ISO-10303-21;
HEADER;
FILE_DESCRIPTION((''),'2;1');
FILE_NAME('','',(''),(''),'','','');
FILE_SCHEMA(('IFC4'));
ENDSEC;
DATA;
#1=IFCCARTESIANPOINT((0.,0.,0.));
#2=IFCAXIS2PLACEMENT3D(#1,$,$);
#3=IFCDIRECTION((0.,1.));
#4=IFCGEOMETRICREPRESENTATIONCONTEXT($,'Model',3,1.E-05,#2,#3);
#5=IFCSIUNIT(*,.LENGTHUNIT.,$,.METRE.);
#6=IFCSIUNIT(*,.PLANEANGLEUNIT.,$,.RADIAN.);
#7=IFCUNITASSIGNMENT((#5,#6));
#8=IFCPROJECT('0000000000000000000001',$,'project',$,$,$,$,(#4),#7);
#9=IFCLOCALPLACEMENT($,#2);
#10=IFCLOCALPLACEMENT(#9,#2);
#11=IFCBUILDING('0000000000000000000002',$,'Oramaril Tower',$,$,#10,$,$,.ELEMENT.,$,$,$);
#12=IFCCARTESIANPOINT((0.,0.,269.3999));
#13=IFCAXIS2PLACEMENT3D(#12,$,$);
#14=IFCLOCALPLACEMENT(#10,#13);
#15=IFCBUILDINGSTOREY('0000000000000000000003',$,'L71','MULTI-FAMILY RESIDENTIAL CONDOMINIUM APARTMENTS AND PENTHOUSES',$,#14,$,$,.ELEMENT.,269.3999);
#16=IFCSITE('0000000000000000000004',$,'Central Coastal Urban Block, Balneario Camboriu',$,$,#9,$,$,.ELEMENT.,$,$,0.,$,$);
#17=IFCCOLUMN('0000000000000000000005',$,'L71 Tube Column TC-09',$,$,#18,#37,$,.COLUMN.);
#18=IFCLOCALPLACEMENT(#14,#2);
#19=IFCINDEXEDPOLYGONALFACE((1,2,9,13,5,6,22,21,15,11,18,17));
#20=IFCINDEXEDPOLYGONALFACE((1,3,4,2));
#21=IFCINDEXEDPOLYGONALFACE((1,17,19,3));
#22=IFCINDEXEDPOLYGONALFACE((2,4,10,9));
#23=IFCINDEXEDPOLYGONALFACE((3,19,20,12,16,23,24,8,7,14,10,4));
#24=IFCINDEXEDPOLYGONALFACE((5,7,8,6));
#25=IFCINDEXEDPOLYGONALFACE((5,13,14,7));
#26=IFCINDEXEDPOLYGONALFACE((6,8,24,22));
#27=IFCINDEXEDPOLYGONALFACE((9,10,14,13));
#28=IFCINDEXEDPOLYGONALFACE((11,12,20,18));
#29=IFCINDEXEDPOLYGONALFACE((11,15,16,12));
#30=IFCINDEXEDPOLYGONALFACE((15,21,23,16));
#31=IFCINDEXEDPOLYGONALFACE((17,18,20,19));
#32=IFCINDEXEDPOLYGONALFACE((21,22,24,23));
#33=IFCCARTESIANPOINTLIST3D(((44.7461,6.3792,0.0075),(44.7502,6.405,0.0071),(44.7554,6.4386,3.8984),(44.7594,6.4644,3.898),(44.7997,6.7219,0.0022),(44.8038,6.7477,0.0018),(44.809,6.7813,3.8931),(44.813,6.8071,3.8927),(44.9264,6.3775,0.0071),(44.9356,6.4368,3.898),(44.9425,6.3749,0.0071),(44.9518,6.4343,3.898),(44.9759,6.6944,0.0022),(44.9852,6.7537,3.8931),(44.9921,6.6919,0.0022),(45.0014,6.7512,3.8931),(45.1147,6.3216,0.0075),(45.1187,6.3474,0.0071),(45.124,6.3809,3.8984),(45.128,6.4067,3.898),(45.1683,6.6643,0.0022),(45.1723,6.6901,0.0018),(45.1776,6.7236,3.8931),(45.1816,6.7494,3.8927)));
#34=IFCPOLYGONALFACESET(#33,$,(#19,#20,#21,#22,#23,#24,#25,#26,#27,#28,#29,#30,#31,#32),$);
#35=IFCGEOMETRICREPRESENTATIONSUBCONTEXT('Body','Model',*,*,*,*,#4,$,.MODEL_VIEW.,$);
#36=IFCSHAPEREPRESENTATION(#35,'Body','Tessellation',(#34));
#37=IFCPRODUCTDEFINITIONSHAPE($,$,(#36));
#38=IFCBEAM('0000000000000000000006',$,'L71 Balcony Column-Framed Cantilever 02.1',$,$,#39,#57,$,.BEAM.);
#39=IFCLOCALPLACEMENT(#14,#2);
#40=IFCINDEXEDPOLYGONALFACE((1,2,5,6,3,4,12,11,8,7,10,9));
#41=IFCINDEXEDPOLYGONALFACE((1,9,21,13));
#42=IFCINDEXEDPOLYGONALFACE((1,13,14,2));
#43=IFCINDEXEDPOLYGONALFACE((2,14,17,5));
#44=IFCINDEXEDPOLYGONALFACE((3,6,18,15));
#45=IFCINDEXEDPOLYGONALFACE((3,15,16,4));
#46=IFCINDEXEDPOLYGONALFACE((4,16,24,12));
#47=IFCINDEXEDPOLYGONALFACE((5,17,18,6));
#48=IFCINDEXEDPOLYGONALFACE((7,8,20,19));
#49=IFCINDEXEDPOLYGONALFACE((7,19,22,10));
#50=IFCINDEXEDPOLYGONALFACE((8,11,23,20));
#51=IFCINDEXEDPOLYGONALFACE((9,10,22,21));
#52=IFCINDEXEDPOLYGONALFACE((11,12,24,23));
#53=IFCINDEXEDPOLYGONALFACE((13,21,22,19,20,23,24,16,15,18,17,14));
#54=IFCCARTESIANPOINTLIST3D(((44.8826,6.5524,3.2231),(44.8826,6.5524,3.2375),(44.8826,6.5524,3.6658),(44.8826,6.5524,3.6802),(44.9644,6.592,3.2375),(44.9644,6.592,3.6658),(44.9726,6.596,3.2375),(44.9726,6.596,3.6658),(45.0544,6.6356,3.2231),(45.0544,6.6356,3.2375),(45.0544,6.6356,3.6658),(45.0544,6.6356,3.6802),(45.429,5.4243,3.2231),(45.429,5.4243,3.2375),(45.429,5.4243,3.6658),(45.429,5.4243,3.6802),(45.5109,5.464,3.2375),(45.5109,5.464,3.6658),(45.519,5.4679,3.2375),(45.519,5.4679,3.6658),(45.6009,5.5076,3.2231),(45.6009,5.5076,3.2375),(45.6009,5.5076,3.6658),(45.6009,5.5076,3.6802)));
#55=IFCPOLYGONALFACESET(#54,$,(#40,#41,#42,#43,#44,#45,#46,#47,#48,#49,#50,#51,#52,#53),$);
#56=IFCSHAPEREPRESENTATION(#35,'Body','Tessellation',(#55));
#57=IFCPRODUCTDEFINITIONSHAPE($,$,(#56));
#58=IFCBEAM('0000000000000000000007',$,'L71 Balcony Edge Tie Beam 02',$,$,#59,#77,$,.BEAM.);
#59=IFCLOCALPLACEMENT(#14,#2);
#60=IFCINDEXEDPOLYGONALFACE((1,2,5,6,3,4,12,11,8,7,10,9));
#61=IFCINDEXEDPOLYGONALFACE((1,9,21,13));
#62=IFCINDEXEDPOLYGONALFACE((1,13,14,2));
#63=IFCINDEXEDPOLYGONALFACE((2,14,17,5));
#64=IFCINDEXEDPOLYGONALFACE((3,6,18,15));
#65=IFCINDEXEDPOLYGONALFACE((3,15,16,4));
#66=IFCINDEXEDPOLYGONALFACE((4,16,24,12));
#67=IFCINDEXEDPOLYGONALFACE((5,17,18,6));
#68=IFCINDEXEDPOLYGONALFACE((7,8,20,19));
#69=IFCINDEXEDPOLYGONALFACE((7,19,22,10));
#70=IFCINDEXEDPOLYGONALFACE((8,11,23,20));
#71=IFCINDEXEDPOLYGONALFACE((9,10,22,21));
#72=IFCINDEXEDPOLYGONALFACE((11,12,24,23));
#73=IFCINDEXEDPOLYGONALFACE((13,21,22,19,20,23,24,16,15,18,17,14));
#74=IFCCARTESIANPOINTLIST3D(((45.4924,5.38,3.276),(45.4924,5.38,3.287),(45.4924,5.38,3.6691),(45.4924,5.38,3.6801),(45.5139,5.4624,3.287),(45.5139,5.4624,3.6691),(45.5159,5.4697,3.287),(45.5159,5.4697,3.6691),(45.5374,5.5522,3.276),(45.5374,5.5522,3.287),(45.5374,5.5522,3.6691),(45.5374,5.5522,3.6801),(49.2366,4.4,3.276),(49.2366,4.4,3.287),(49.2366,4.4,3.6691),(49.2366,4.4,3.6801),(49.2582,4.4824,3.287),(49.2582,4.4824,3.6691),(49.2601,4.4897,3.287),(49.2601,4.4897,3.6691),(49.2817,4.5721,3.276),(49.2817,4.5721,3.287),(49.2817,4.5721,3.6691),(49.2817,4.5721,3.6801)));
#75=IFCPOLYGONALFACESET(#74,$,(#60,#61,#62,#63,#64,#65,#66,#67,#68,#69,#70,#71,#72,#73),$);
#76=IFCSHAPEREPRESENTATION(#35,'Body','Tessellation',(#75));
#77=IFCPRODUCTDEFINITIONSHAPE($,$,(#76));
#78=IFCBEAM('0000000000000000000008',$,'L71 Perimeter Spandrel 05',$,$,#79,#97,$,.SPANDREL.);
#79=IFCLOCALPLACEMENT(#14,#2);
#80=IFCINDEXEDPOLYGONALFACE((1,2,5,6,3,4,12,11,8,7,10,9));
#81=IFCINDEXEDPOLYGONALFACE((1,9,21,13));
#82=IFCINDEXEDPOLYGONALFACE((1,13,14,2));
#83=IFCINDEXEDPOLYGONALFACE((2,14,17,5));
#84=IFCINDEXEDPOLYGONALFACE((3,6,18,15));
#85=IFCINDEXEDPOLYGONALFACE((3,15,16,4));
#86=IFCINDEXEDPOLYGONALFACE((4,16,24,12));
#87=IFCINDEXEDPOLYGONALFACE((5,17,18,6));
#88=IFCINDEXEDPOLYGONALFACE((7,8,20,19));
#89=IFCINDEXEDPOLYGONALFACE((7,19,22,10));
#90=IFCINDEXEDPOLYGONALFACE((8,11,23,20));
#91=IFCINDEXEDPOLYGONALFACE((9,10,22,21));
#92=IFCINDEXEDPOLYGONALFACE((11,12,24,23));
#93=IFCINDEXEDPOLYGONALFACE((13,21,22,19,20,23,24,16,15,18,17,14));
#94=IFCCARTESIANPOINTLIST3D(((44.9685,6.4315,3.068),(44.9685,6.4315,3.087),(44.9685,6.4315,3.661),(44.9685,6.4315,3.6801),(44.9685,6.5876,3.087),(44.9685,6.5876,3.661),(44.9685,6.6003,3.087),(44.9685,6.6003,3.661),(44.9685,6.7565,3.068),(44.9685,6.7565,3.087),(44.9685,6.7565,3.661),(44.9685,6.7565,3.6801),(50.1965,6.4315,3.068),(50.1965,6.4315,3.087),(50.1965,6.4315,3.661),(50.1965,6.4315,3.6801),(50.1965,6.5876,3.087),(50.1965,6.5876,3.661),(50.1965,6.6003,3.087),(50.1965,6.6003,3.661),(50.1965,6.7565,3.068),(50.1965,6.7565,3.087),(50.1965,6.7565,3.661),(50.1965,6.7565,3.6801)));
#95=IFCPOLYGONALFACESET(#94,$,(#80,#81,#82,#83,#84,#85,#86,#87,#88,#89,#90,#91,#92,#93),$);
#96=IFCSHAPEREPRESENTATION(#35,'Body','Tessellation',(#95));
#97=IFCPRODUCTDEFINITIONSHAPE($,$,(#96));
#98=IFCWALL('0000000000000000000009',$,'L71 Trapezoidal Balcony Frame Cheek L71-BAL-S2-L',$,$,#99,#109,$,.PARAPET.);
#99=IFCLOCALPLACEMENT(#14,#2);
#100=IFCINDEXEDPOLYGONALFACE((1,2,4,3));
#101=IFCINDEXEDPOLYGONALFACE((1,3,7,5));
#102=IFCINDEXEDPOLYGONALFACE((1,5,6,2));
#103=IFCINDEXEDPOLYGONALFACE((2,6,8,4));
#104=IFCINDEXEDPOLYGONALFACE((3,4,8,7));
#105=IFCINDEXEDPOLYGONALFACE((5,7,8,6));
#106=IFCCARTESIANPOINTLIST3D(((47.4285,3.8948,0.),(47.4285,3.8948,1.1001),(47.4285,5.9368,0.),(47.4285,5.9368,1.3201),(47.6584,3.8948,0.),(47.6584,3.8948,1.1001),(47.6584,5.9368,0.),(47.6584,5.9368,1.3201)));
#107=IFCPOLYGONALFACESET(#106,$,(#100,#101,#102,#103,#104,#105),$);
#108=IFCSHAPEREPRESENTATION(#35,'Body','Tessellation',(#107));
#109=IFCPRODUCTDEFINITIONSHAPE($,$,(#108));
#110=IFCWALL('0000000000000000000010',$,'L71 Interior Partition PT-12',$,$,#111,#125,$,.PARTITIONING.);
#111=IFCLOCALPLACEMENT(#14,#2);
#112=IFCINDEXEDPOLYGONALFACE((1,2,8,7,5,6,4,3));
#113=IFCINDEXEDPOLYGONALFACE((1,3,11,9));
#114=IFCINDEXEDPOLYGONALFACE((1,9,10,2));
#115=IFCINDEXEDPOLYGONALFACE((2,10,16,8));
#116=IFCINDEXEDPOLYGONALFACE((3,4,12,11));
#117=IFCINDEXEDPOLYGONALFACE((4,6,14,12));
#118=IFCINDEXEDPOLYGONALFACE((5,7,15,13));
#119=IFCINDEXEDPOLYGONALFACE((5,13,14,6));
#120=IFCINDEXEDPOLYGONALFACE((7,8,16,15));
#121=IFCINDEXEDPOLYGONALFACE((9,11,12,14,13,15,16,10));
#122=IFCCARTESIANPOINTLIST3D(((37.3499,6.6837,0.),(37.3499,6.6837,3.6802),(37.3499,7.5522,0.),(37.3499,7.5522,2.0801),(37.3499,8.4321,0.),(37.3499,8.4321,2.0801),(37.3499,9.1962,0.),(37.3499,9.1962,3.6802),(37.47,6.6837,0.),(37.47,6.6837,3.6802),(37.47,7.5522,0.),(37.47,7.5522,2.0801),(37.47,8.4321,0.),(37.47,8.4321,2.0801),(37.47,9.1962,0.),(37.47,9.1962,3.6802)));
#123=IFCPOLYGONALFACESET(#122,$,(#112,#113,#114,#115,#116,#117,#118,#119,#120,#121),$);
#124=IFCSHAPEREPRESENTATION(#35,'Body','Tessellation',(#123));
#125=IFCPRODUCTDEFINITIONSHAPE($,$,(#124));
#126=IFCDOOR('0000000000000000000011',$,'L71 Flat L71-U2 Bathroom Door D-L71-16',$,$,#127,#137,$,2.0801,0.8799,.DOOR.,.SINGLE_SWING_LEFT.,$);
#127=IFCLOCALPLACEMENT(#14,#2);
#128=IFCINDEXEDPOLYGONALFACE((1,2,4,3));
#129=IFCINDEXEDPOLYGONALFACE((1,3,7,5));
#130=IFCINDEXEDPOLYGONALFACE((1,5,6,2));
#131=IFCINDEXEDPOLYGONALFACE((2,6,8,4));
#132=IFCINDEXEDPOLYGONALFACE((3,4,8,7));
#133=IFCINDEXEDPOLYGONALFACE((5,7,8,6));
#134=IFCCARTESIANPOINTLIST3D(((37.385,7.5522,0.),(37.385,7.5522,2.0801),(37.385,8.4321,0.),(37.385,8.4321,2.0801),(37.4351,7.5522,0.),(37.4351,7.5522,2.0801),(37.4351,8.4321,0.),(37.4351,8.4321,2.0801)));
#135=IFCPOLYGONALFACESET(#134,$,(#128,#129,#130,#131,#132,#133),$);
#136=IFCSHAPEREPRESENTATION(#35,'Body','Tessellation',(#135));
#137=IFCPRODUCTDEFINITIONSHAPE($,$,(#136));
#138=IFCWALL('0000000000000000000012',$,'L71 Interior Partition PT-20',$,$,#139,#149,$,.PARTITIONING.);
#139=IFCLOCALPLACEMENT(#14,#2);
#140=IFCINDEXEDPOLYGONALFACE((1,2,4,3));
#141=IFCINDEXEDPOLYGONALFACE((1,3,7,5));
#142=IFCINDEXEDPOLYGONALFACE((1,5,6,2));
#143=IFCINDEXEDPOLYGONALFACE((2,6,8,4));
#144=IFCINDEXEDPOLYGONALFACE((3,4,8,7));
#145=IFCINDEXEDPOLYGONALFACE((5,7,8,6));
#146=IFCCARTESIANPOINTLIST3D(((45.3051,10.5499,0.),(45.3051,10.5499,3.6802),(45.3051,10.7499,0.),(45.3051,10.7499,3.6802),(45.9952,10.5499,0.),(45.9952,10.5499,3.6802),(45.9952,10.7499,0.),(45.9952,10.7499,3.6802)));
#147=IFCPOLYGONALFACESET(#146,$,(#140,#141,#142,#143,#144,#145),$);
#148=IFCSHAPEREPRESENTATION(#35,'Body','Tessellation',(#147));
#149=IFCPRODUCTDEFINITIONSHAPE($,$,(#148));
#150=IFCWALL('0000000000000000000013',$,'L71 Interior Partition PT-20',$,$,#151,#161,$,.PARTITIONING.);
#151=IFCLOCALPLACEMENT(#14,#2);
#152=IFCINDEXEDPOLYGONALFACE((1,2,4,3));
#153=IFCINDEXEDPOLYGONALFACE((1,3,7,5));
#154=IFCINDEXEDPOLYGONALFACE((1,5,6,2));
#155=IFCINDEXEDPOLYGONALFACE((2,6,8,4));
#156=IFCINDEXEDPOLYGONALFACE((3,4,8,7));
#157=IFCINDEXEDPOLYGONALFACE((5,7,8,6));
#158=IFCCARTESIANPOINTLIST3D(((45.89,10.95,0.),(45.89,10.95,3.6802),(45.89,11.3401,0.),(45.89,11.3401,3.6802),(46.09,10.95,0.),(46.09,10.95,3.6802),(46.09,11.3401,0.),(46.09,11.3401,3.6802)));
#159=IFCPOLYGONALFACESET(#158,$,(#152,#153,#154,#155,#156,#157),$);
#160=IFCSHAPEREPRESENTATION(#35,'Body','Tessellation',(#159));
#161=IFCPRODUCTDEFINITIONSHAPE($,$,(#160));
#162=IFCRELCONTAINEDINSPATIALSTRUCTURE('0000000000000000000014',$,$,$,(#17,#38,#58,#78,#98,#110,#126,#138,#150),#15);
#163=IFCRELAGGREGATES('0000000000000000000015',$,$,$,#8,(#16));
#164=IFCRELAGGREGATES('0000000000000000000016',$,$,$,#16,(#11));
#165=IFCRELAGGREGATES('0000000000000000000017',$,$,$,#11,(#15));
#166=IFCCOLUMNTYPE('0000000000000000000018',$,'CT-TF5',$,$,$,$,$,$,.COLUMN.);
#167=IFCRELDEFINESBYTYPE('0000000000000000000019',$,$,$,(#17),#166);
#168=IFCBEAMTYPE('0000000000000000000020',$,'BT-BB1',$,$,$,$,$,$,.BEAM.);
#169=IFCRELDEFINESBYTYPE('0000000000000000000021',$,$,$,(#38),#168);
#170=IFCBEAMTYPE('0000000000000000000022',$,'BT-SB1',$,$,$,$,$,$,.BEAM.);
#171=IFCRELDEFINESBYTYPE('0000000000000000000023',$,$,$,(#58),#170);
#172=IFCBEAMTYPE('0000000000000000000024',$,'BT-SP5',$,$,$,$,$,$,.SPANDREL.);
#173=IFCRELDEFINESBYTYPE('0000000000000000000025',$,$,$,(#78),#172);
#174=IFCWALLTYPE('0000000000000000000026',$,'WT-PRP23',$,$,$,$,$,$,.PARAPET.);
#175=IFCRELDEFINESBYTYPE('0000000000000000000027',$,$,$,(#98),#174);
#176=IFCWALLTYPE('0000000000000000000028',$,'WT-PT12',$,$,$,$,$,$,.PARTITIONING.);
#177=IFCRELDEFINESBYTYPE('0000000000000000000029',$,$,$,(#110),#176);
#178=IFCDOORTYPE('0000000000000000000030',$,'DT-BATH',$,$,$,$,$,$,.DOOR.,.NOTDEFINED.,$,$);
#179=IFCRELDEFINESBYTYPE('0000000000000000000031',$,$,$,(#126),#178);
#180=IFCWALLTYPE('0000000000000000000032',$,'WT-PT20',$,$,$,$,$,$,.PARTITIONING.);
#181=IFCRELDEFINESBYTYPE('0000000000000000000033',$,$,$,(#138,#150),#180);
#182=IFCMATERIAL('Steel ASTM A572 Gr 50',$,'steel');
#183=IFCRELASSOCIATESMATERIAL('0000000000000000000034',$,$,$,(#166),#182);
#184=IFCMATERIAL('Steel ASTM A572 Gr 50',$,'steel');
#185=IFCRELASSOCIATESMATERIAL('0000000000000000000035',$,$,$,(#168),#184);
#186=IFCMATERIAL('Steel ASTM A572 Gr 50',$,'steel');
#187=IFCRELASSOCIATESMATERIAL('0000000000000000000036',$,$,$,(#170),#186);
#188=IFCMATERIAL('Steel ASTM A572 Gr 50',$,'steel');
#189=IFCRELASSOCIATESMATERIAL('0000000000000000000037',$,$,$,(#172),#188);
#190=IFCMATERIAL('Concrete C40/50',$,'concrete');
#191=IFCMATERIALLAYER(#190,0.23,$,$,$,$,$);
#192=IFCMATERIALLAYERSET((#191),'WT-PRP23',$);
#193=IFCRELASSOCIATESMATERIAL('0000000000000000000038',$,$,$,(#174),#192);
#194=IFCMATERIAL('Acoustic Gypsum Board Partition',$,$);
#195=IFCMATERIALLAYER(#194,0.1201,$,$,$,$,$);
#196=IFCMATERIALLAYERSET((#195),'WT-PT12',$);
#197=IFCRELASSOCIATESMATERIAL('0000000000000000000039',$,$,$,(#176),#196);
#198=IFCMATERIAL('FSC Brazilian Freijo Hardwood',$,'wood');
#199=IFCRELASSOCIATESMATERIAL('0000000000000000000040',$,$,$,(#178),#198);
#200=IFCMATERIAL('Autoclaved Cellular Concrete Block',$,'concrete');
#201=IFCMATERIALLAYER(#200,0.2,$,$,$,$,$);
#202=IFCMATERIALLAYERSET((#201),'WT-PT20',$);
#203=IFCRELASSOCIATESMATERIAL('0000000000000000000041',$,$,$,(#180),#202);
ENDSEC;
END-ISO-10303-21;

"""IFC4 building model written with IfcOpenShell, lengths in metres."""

from ifc_helpers import new_model, si_unit, direction, frame, frame_2d, origin, origin_2d, place, context, subcontext, project, spatial, polyline, rectangle, i_section, outline, extrude, material, layer, layer_set, material_profile, profile_set, type_object, element, fill, save


model = new_model("IFC4")

# Units and contexts
model_context = context("Model", 3, precision=1e-05, world=origin(), true_north=direction((0.0, 1.0)))
body_context = subcontext(model_context, "Body", "Model", "MODEL_VIEW")
ifc_project = project(units=[si_unit("LENGTHUNIT", "METRE"), si_unit("PLANEANGLEUNIT", "RADIAN")], contexts=[model_context])

# Site, building, storey
site_placement = place(None, origin())
site = spatial("IfcSite", under=ifc_project, at=site_placement, Name="Central Coastal Urban Block, Balneario Camboriu", CompositionType="ELEMENT", RefElevation=0.0)
building_placement = place(site_placement, origin())
building = spatial("IfcBuilding", under=site, at=building_placement, Name="Oramaril Tower", CompositionType="ELEMENT")
storey_placement = place(building_placement, frame((0.0, 0.0, 269.3999)))
storey = spatial("IfcBuildingStorey", under=building, at=storey_placement, Name="L71", Description="MULTI-FAMILY RESIDENTIAL CONDOMINIUM APARTMENTS AND PENTHOUSES", CompositionType="ELEMENT", Elevation=269.3999)

# Column
ifc_material_1 = material(Name="Steel ASTM A572 Gr 50", Category="steel")
ifc_material_profile_1 = material_profile(ifc_material_1, i_section(OverallWidth=0.373, OverallDepth=0.373, WebThickness=0.0164, FlangeThickness=0.0261, at=origin_2d()), Name="W14X132")
ifc_profile_set_1 = profile_set([ifc_material_profile_1], Name="Steel ASTM A572 Gr 50")
column_type = type_object("IfcColumnType", Name="CT-TF5", PredefinedType="COLUMN", material=ifc_profile_set_1)
column_placement = place(storey_placement, frame((44.9592, 6.5347, 0.0046), z_axis=(0.002384, 0.015246, 0.999881), x_axis=(-0.987993, 0.154501, 0.0)))
element("IfcColumn", 1, at=column_placement, inside=storey, type_object=column_type, Name="L71 Tube Column TC-09", PredefinedType="COLUMN", context=body_context, shape_type="SweptSolid", body=[
    extrude(i_section(OverallWidth=0.373, OverallDepth=0.373, WebThickness=0.0164, FlangeThickness=0.0261, at=origin_2d()), origin(), (0.0, 0.0, 1.0), 3.8914),
])

# Beams
ifc_material_2 = material(Name="Steel ASTM A572 Gr 50", Category="steel")
ifc_material_profile_2 = material_profile(ifc_material_2, i_section(OverallWidth=0.1909, OverallDepth=0.457, WebThickness=0.009, FlangeThickness=0.0144, at=origin_2d()), Name="W18X50")
ifc_profile_set_2 = profile_set([ifc_material_profile_2], Name="Steel ASTM A572 Gr 50")
beam_type_1 = type_object("IfcBeamType", Name="BT-BB1", PredefinedType="BEAM", material=ifc_profile_set_2)
beam_1_placement = place(storey_placement, frame((44.9685, 6.594, 3.4517), z_axis=(0.435958, -0.899967, 0.0), x_axis=(0.899967, 0.435958, 0.0)))
element("IfcBeam", 2, at=beam_1_placement, inside=storey, type_object=beam_type_1, Name="L71 Balcony Column-Framed Cantilever 02.1", PredefinedType="BEAM", context=body_context, shape_type="SweptSolid", body=[
    extrude(i_section(OverallWidth=0.1909, OverallDepth=0.457, WebThickness=0.009, FlangeThickness=0.0144, at=origin_2d()), origin(), (0.0, 0.0, 1.0), 1.2534),
])
ifc_material_3 = material(Name="Steel ASTM A572 Gr 50", Category="steel")
ifc_material_profile_3 = material_profile(ifc_material_3, i_section(OverallWidth=0.178, OverallDepth=0.4041, WebThickness=0.0076, FlangeThickness=0.011, at=origin_2d()), Name="W16X36")
ifc_profile_set_3 = profile_set([ifc_material_profile_3], Name="Steel ASTM A572 Gr 50")
beam_type_2 = type_object("IfcBeamType", Name="BT-SB1", PredefinedType="BEAM", material=ifc_profile_set_3)
beam_2_placement = place(storey_placement, frame((45.5149, 5.4661, 3.478), z_axis=(0.967412, -0.253208, 0.0), x_axis=(0.253208, 0.967412, 0.0)))
element("IfcBeam", 3, at=beam_2_placement, inside=storey, type_object=beam_type_2, Name="L71 Balcony Edge Tie Beam 02", PredefinedType="BEAM", context=body_context, shape_type="SweptSolid", body=[
    extrude(i_section(OverallWidth=0.178, OverallDepth=0.4041, WebThickness=0.0076, FlangeThickness=0.011, at=origin_2d()), origin(), (0.0, 0.0, 1.0), 3.8704),
])
ifc_material_4 = material(Name="Steel ASTM A572 Gr 50", Category="steel")
ifc_material_profile_4 = material_profile(ifc_material_4, i_section(OverallWidth=0.325, OverallDepth=0.6121, WebThickness=0.0127, FlangeThickness=0.019, at=origin_2d()), Name="W24X104")
ifc_profile_set_4 = profile_set([ifc_material_profile_4], Name="Steel ASTM A572 Gr 50")
beam_type_3 = type_object("IfcBeamType", Name="BT-SP5", PredefinedType="SPANDREL", material=ifc_profile_set_4)
beam_3_placement = place(storey_placement, frame((44.9685, 6.594, 3.374), z_axis=(1.0, 0.0, 0.0), x_axis=(0.0, 1.0, 0.0)))
element("IfcBeam", 4, at=beam_3_placement, inside=storey, type_object=beam_type_3, Name="L71 Perimeter Spandrel 05", PredefinedType="SPANDREL", context=body_context, shape_type="SweptSolid", body=[
    extrude(i_section(OverallWidth=0.325, OverallDepth=0.6121, WebThickness=0.0127, FlangeThickness=0.019, at=origin_2d()), origin(), (0.0, 0.0, 1.0), 5.228),
])

# Wall
ifc_material_5 = material(Name="Concrete C40/50", Category="concrete")
ifc_layer_1 = layer(ifc_material_5, 0.23)
ifc_layer_set_1 = layer_set([ifc_layer_1], Name="WT-PRP23")
wall_type_1 = type_object("IfcWallType", Name="WT-PRP23", PredefinedType="PARAPET", material=ifc_layer_set_1)
wall_1_placement = place(storey_placement, frame((47.5435, 5.9368, 0.0), z_axis=(0.0, 0.0, 1.0), x_axis=(0.0, -1.0, 0.0)))
element("IfcWall", 5, at=wall_1_placement, inside=storey, type_object=wall_type_1, Name="L71 Trapezoidal Balcony Frame Cheek L71-BAL-S2-L", PredefinedType="PARAPET", context=body_context, shape_type="SweptSolid", body=[
    extrude(outline(polyline([(0.0, 0.0), (2.042, 0.0), (2.042, 1.1001), (0.0, 1.3201), (0.0, 0.0)])), frame((0.0, 0.115, 0.0), z_axis=(0.0, -1.0, 0.0), x_axis=(1.0, 0.0, 0.0)), (0.0, 0.0, 1.0), 0.23),
])

# Wall, opening, door
ifc_material_6 = material(Name="Acoustic Gypsum Board Partition")
ifc_layer_2 = layer(ifc_material_6, 0.1201)
ifc_layer_set_2 = layer_set([ifc_layer_2], Name="WT-PT12")
wall_type_2 = type_object("IfcWallType", Name="WT-PT12", PredefinedType="PARTITIONING", material=ifc_layer_set_2)
wall_2_placement = place(storey_placement, frame((37.4099, 6.6836, 0.0), z_axis=(0.0, 0.0, 1.0), x_axis=(0.0, 1.0, 0.0)))
wall_2 = element("IfcWall", 6, at=wall_2_placement, inside=storey, type_object=wall_type_2, Name="L71 Interior Partition PT-12", PredefinedType="PARTITIONING", context=body_context, shape_type="SweptSolid", body=[
    extrude(rectangle(XDim=2.5125, YDim=0.1201, at=frame_2d((1.2563, 0.0))), origin(), (0.0, 0.0, 1.0), 3.6802),
])
opening_1_placement = place(wall_2_placement, frame((0.8687, 0.0, 0.0)))
opening_1 = element("IfcOpeningElement", 7, at=opening_1_placement, cuts=wall_2, PredefinedType="OPENING", context=body_context, shape_type="SweptSolid", body=[
    extrude(rectangle(XDim=0.8799, YDim=2.0801, at=frame_2d((0.4399, 1.04))), frame((0.0, 0.0601, 0.0), z_axis=(0.0, -1.0, 0.0), x_axis=(1.0, 0.0, 0.0)), (0.0, 0.0, 1.0), 0.1201),
])
ifc_material_7 = material(Name="FSC Brazilian Freijo Hardwood", Category="wood")
door_type_1 = type_object("IfcDoorType", Name="DT-BATH", OperationType="NOTDEFINED", PredefinedType="DOOR", material=ifc_material_7)
door_1_placement = place(opening_1_placement, origin())
door_1 = element("IfcDoor", 8, at=door_1_placement, inside=storey, type_object=door_type_1, Name="L71 Flat L71-U2 Bathroom Door D-L71-16", OperationType="SINGLE_SWING_LEFT", OverallHeight=2.0801, OverallWidth=0.8799, PredefinedType="DOOR", context=body_context, shape_type="SweptSolid", body=[
    extrude(rectangle(XDim=0.8799, YDim=2.0801, at=frame_2d((0.4399, 1.04))), frame((0.0, 0.0249, 0.0), z_axis=(0.0, -1.0, 0.0), x_axis=(1.0, 0.0, 0.0)), (0.0, 0.0, 1.0), 0.05),
])
fill(opening_1, door_1)

# Walls
ifc_material_8 = material(Name="Autoclaved Cellular Concrete Block", Category="concrete")
ifc_layer_3 = layer(ifc_material_8, 0.2)
ifc_layer_set_3 = layer_set([ifc_layer_3], Name="WT-PT20")
wall_type_3 = type_object("IfcWallType", Name="WT-PT20", PredefinedType="PARTITIONING", material=ifc_layer_set_3)
wall_3_placement = place(storey_placement, frame((45.3049, 10.6499, 0.0), z_axis=(0.0, 0.0, 1.0), x_axis=(1.0, 0.0, 0.0)))
element("IfcWall", 9, at=wall_3_placement, inside=storey, type_object=wall_type_3, Name="L71 Interior Partition PT-20", PredefinedType="PARTITIONING", context=body_context, shape_type="SweptSolid", body=[
    extrude(rectangle(XDim=0.6902, YDim=0.2, at=frame_2d((0.3452, 0.0))), origin(), (0.0, 0.0, 1.0), 3.6802),
])
wall_4_placement = place(storey_placement, frame((45.99, 10.95, 0.0), z_axis=(0.0, 0.0, 1.0), x_axis=(0.0, 1.0, 0.0)))
element("IfcWall", 10, at=wall_4_placement, inside=storey, type_object=wall_type_3, Name="L71 Interior Partition PT-20", PredefinedType="PARTITIONING", context=body_context, shape_type="SweptSolid", body=[
    extrude(rectangle(XDim=0.3901, YDim=0.2, at=frame_2d((0.1951, 0.0))), origin(), (0.0, 0.0, 1.0), 3.6802),
])

save(model, "model.ifc")
